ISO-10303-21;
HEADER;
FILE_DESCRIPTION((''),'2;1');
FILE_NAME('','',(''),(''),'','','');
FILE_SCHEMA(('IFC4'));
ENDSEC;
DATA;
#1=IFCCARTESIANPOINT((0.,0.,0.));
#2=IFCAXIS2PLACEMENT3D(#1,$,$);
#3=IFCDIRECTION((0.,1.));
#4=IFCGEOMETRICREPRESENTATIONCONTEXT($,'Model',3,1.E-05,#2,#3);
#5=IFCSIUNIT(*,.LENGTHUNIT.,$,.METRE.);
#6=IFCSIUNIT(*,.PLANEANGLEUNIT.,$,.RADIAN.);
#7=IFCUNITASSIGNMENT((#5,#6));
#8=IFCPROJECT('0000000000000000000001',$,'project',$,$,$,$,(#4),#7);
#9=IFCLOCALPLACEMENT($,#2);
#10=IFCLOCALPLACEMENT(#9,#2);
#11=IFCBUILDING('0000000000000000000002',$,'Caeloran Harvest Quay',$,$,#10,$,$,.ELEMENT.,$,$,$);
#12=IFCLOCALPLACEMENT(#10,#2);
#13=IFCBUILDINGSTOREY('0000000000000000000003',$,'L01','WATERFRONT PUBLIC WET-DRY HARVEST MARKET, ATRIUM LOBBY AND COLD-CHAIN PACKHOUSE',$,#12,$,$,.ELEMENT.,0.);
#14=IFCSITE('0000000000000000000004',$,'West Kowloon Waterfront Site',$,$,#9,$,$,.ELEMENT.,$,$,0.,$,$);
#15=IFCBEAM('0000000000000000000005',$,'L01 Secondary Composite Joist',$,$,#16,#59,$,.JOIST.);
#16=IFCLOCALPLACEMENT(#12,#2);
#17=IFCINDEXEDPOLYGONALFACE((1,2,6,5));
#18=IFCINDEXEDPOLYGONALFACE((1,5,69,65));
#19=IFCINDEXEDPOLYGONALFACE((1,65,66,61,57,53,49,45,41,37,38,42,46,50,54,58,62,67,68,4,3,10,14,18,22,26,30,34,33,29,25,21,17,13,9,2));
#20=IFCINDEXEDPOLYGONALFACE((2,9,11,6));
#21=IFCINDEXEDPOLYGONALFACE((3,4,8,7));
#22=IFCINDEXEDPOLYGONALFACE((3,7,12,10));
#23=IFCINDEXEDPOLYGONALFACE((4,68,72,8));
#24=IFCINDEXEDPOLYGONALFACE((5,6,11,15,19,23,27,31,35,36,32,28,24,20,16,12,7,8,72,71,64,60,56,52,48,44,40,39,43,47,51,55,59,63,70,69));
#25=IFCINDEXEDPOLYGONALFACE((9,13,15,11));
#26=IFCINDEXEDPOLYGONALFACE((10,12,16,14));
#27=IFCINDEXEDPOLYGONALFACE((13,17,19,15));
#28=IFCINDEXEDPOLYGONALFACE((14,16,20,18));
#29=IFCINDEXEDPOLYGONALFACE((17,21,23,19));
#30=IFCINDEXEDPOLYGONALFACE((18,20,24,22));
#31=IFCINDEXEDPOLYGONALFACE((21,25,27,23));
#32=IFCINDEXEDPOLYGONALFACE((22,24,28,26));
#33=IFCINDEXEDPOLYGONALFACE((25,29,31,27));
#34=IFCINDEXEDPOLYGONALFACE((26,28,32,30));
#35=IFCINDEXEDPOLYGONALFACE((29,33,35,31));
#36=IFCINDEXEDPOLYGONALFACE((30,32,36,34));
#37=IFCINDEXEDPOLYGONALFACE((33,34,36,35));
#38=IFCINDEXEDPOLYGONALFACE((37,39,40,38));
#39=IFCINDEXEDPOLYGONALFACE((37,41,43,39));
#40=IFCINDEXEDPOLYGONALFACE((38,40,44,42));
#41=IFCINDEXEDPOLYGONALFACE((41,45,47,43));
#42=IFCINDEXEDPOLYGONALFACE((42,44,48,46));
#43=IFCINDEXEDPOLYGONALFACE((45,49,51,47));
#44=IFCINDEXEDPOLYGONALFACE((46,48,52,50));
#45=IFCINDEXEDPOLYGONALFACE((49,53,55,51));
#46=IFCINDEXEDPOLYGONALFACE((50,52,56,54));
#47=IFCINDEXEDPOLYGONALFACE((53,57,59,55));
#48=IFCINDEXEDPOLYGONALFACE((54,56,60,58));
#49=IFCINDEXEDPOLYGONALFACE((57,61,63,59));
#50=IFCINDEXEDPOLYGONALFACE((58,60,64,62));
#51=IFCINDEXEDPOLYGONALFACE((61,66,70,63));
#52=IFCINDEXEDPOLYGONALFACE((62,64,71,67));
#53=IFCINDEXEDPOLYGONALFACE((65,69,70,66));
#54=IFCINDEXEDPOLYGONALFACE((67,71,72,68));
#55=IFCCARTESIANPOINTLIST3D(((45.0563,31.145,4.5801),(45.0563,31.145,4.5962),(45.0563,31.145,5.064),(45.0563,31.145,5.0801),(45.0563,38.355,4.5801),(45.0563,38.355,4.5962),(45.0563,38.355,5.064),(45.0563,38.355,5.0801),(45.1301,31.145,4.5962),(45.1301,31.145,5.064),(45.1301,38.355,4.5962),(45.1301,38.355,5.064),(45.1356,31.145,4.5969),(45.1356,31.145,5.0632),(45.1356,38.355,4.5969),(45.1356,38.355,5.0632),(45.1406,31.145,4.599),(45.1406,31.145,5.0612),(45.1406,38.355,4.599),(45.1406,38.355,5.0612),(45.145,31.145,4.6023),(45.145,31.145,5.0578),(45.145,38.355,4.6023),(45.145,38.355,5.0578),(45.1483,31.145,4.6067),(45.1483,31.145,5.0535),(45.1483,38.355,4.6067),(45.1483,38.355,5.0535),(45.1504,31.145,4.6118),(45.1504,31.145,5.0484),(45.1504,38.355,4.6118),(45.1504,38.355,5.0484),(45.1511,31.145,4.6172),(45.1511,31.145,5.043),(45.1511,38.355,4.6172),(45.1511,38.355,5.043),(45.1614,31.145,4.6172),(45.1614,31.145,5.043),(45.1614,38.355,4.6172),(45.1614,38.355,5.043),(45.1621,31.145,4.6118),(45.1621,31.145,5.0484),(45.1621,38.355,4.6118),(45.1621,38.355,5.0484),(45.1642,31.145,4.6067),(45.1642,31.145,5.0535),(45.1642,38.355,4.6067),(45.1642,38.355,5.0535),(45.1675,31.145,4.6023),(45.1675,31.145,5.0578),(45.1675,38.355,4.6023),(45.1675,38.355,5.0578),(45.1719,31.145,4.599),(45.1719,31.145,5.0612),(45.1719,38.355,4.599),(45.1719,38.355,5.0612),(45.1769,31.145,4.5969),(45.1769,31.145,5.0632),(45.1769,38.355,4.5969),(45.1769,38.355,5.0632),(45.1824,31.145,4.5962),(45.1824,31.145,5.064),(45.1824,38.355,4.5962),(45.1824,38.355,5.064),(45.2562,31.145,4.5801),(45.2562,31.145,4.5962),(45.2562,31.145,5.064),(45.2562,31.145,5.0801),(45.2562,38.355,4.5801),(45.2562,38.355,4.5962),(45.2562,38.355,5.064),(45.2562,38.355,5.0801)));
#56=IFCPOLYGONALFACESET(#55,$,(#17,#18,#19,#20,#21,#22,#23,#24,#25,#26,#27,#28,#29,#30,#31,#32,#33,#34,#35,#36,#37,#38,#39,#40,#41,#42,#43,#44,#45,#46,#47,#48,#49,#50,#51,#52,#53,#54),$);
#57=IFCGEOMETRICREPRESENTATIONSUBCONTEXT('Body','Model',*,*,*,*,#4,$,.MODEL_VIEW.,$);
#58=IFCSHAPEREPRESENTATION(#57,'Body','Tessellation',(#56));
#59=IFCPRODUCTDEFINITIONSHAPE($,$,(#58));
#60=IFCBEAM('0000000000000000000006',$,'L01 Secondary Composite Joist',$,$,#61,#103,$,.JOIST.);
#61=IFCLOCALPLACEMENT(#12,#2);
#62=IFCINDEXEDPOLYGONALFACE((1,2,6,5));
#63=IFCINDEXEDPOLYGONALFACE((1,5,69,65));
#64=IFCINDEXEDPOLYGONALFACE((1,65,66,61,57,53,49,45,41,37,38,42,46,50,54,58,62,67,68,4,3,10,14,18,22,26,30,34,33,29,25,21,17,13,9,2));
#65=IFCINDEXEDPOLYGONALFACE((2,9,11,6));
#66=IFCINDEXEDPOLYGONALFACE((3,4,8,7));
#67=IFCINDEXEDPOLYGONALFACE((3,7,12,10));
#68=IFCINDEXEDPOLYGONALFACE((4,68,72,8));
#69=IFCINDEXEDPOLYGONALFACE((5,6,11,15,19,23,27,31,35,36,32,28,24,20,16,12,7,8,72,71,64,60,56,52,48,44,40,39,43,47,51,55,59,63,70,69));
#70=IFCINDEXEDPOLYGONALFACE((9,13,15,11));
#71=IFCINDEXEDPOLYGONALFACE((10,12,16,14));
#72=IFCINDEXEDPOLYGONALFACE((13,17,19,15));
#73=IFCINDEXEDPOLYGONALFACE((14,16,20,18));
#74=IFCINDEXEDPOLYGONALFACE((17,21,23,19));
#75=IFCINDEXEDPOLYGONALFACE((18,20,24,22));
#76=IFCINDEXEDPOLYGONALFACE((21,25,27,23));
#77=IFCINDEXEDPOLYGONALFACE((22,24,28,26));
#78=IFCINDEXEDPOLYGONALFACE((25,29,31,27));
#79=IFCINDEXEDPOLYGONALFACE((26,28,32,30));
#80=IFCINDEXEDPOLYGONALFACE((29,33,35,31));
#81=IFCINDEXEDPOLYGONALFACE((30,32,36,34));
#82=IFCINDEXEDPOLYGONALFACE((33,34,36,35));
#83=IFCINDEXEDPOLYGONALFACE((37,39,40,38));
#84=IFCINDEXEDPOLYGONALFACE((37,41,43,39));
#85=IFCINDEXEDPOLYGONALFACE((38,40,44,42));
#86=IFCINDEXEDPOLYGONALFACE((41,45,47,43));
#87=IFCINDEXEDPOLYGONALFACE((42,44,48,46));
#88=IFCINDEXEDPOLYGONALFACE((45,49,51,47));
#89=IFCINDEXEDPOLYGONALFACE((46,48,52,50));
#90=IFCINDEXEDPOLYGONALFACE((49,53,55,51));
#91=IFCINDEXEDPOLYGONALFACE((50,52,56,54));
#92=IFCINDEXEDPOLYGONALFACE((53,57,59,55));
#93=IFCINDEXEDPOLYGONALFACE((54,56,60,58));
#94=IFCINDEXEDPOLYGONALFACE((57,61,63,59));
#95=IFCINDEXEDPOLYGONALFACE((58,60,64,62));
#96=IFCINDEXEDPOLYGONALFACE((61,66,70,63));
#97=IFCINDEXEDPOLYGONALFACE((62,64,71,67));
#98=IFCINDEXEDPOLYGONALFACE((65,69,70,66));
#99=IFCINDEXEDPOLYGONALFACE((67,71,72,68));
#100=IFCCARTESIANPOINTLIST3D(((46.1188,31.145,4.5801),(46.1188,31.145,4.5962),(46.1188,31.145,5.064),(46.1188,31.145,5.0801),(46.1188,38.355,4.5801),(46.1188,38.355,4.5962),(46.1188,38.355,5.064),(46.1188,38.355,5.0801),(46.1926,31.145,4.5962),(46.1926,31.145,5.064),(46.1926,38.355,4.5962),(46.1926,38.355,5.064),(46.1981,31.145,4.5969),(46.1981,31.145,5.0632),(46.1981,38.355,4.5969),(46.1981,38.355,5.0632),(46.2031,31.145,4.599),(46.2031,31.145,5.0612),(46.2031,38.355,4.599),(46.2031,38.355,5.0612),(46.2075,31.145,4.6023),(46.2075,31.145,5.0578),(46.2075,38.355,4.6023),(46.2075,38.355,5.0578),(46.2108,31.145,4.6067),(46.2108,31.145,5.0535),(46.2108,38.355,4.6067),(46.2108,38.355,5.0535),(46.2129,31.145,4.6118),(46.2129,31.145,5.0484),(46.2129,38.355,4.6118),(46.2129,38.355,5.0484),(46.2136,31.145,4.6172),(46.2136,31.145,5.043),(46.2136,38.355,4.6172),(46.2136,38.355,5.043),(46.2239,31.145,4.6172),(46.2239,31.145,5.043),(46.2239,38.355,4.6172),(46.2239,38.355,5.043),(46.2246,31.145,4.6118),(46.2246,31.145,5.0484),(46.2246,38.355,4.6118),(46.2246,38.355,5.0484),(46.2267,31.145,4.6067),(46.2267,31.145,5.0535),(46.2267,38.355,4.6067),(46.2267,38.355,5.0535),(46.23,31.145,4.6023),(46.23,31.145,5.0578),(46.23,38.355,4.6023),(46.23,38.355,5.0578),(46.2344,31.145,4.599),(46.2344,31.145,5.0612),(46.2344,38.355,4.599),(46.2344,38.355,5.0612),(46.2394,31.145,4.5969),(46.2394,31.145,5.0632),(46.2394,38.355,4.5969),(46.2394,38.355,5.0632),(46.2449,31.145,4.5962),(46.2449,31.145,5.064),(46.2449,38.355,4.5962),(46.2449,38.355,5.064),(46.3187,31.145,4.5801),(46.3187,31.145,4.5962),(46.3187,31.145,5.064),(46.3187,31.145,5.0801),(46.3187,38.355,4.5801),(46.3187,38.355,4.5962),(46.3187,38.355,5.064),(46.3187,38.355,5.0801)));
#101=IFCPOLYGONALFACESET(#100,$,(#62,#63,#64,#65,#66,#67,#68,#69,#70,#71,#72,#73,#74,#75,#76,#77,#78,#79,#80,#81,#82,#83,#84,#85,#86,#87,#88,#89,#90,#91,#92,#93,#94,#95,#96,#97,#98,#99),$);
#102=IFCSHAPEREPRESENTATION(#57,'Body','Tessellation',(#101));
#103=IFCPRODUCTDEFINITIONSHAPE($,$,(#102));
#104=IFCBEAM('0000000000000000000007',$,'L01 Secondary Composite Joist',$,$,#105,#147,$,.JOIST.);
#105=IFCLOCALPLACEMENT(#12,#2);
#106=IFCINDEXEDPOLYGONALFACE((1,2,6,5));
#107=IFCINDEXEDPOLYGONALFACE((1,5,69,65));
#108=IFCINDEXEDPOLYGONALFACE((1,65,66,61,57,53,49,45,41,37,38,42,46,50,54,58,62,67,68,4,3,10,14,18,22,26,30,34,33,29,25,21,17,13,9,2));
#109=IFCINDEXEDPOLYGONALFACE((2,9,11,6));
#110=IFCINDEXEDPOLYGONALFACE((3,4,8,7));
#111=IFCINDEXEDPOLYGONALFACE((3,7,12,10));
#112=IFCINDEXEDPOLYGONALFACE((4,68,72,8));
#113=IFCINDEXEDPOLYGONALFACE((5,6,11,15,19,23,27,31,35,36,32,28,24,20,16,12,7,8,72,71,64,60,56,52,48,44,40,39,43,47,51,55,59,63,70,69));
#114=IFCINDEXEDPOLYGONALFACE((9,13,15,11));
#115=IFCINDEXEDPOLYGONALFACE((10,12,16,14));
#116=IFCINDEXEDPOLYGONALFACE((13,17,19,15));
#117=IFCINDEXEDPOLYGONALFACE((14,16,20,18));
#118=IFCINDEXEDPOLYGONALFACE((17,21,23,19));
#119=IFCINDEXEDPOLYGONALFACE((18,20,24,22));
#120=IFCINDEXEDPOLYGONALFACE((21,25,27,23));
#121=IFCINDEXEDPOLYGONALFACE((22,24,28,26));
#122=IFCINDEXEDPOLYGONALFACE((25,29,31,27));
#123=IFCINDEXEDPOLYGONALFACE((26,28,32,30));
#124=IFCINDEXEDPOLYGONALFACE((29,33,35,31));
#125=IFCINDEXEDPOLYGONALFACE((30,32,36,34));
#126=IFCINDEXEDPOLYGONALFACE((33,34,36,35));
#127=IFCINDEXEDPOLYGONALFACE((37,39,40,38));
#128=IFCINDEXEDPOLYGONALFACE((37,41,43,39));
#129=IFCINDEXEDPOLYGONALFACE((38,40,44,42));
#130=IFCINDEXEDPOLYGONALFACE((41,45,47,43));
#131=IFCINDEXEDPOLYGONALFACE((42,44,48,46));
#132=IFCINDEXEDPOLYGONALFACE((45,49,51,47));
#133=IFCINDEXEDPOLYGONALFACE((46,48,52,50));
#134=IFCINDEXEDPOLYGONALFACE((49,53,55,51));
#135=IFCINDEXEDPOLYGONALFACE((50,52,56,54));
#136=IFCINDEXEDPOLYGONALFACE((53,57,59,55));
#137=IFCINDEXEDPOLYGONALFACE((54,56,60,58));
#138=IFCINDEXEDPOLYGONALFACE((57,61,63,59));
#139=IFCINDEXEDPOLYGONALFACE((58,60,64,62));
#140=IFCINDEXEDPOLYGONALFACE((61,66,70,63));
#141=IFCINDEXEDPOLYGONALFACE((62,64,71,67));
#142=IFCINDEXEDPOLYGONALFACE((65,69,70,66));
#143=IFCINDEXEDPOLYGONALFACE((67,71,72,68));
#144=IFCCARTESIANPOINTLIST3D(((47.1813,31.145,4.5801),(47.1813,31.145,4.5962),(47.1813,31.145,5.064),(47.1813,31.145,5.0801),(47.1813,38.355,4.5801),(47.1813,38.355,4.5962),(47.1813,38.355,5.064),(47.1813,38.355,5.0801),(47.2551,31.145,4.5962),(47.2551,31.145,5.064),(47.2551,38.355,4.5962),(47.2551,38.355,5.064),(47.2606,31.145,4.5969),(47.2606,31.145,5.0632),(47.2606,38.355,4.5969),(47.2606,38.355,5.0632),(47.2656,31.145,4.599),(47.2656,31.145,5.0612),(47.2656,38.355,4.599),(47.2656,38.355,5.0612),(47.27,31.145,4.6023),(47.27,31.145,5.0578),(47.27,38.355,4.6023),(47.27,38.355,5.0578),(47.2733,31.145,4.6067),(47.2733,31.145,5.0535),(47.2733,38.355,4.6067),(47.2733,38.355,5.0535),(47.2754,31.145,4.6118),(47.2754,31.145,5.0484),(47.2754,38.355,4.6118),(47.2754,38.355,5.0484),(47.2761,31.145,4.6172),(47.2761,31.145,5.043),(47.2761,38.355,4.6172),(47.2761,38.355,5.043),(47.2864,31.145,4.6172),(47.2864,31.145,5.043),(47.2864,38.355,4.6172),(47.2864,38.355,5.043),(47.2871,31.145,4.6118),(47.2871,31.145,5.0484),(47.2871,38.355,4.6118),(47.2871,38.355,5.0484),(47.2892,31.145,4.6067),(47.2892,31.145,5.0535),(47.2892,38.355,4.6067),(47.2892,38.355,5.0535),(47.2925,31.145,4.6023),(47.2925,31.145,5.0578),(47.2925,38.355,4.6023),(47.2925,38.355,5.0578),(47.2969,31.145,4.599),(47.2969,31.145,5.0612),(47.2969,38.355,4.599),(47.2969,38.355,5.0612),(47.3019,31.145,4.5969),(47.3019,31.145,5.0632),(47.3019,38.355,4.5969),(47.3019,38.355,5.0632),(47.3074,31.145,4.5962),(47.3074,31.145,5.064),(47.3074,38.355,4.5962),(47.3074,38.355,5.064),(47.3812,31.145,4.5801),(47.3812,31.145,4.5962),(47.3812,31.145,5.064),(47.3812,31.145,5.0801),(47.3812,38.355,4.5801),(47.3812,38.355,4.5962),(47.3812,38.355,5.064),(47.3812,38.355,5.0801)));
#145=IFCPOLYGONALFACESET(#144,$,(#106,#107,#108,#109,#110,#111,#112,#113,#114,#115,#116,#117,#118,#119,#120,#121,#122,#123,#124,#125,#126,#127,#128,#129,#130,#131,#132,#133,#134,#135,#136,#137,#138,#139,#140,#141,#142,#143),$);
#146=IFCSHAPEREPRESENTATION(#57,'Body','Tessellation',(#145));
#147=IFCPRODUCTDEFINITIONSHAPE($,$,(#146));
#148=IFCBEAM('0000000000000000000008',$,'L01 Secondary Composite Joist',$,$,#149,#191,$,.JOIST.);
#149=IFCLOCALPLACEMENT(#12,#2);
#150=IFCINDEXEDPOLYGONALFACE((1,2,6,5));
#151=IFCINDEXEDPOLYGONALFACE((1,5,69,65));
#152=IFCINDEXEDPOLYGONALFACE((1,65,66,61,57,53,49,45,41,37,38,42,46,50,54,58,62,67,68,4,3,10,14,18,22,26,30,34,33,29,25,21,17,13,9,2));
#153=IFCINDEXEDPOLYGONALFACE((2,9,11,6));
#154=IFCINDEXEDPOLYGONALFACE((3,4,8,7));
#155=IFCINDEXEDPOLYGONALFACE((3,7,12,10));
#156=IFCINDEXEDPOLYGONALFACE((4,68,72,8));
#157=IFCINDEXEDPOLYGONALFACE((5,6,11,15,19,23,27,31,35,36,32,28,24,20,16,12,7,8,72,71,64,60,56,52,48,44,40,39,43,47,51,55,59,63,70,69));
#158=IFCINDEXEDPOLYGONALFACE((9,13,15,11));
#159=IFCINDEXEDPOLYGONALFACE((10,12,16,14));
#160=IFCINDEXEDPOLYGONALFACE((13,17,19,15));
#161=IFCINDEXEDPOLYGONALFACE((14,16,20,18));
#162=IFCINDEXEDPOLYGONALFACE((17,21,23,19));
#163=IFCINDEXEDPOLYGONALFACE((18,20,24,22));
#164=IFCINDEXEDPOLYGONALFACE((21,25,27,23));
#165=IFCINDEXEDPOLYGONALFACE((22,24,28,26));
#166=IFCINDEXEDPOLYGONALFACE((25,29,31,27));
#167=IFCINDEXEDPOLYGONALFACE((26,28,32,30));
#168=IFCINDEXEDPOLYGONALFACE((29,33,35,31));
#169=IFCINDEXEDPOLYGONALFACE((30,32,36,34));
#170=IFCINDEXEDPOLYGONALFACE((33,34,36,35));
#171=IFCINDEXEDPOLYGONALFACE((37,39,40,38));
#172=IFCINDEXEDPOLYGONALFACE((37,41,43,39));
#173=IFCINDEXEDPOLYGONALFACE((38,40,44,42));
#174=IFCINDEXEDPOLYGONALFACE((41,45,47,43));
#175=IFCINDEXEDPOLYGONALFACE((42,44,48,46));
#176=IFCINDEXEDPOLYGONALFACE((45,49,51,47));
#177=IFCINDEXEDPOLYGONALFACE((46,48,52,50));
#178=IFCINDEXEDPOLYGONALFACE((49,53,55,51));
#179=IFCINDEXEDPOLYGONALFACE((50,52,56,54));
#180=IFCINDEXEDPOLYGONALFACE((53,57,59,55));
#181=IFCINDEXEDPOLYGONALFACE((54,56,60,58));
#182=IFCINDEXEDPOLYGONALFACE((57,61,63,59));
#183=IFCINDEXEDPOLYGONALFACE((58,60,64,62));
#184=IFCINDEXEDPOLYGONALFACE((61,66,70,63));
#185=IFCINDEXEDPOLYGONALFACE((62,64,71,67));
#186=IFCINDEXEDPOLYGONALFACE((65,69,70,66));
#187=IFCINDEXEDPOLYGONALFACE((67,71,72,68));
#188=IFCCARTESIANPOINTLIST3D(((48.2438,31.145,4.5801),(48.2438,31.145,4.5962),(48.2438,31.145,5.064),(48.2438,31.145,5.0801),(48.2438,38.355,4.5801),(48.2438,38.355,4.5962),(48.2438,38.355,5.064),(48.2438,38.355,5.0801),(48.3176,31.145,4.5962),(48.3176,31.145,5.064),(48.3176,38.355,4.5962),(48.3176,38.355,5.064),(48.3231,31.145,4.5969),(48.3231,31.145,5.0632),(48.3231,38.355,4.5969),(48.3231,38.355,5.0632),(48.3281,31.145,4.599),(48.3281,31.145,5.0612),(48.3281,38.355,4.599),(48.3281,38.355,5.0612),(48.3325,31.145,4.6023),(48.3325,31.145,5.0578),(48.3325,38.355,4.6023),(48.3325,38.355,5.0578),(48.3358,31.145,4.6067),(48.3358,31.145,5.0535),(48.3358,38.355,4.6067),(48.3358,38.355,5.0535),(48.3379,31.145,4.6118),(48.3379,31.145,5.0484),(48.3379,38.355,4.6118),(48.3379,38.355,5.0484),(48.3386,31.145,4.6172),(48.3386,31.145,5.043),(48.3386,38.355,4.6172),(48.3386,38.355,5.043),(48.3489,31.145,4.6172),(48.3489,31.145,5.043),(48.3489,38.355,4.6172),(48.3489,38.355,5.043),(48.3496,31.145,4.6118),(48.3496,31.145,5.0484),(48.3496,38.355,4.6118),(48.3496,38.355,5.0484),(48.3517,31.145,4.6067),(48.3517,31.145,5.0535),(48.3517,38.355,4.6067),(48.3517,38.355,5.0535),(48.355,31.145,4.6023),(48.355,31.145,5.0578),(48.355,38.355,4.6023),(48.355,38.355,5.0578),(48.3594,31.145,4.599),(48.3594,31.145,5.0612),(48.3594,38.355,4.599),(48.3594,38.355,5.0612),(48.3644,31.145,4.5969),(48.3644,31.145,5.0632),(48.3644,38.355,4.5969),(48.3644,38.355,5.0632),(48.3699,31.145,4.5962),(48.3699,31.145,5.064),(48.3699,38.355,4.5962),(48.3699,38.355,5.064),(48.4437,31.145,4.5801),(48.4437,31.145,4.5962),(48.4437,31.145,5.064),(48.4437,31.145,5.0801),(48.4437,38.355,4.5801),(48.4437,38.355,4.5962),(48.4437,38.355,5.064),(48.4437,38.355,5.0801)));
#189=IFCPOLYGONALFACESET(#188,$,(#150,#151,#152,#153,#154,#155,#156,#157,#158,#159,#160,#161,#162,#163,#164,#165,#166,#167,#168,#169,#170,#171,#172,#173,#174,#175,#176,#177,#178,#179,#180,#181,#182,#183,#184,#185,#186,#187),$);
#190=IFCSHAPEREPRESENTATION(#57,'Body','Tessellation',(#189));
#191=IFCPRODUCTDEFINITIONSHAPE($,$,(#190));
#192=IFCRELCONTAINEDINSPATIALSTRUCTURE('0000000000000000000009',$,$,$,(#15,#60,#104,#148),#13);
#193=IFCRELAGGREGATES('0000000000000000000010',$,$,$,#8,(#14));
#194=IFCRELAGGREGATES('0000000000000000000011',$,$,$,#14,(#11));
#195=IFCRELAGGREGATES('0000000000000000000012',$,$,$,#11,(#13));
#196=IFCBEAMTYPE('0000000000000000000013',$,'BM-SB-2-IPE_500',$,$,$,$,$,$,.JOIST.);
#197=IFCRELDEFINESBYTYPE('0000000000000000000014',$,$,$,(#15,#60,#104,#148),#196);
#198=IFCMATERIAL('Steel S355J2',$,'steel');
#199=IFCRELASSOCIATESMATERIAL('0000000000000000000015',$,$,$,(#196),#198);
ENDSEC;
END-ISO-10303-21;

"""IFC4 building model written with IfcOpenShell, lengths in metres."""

from ifc_helpers import new_model, si_unit, direction, frame, origin, origin_2d, place, context, subcontext, project, spatial, i_section, extrude, material, material_profile, profile_set, type_object, element, save


model = new_model("IFC4")

# Units and contexts
model_context = context("Model", 3, precision=1e-05, world=origin(), true_north=direction((0.0, 1.0)))
body_context = subcontext(model_context, "Body", "Model", "MODEL_VIEW")
ifc_project = project(units=[si_unit("LENGTHUNIT", "METRE"), si_unit("PLANEANGLEUNIT", "RADIAN")], contexts=[model_context])

# Site, building, storey
site_placement = place(None, origin())
site = spatial("IfcSite", under=ifc_project, at=site_placement, Name="West Kowloon Waterfront Site", CompositionType="ELEMENT", RefElevation=0.0)
building_placement = place(site_placement, origin())
building = spatial("IfcBuilding", under=site, at=building_placement, Name="Caeloran Harvest Quay", CompositionType="ELEMENT")
storey_placement = place(building_placement, origin())
storey = spatial("IfcBuildingStorey", under=building, at=storey_placement, Name="L01", Description="WATERFRONT PUBLIC WET-DRY HARVEST MARKET, ATRIUM LOBBY AND COLD-CHAIN PACKHOUSE", CompositionType="ELEMENT", Elevation=0.0)

# Beams
ifc_material_1 = material(Name="Steel S355J2", Category="steel")
ifc_material_profile_1 = material_profile(ifc_material_1, i_section(OverallWidth=0.2, OverallDepth=0.5, WebThickness=0.0103, FlangeThickness=0.0161, FilletRadius=0.021, at=origin_2d()), Name="IPE 500")
ifc_profile_set_1 = profile_set([ifc_material_profile_1], Name="Steel S355J2")
beam_type_1 = type_object("IfcBeamType", Name="BM-SB-2-IPE_500", PredefinedType="JOIST", material=ifc_profile_set_1)
for number, where, z_axis, x_axis, name in (
    (1, (45.1562, 31.145, 4.8301), (0.0, 1.0, 0.0), (-1.0, 0.0, 0.0), "L01 Secondary Composite Joist"),
    (2, (46.2188, 31.145, 4.8301), (0.0, 1.0, 0.0), (-1.0, 0.0, 0.0), "L01 Secondary Composite Joist"),
    (3, (47.2812, 31.145, 4.8301), (0.0, 1.0, 0.0), (-1.0, 0.0, 0.0), "L01 Secondary Composite Joist"),
    (4, (48.3438, 31.145, 4.8301), (0.0, 1.0, 0.0), (-1.0, 0.0, 0.0), "L01 Secondary Composite Joist"),
):
    element("IfcBeam", number, at=place(storey_placement, frame(where, z_axis=z_axis, x_axis=x_axis)), inside=storey, type_object=beam_type_1, Name=name, PredefinedType="JOIST", context=body_context, shape_type="SweptSolid", body=[
        extrude(i_section(OverallWidth=0.2, OverallDepth=0.5, WebThickness=0.0103, FlangeThickness=0.0161, FilletRadius=0.021, at=origin_2d()), origin(), (0.0, 0.0, 1.0), 7.21),
    ])

save(model, "model.ifc")
